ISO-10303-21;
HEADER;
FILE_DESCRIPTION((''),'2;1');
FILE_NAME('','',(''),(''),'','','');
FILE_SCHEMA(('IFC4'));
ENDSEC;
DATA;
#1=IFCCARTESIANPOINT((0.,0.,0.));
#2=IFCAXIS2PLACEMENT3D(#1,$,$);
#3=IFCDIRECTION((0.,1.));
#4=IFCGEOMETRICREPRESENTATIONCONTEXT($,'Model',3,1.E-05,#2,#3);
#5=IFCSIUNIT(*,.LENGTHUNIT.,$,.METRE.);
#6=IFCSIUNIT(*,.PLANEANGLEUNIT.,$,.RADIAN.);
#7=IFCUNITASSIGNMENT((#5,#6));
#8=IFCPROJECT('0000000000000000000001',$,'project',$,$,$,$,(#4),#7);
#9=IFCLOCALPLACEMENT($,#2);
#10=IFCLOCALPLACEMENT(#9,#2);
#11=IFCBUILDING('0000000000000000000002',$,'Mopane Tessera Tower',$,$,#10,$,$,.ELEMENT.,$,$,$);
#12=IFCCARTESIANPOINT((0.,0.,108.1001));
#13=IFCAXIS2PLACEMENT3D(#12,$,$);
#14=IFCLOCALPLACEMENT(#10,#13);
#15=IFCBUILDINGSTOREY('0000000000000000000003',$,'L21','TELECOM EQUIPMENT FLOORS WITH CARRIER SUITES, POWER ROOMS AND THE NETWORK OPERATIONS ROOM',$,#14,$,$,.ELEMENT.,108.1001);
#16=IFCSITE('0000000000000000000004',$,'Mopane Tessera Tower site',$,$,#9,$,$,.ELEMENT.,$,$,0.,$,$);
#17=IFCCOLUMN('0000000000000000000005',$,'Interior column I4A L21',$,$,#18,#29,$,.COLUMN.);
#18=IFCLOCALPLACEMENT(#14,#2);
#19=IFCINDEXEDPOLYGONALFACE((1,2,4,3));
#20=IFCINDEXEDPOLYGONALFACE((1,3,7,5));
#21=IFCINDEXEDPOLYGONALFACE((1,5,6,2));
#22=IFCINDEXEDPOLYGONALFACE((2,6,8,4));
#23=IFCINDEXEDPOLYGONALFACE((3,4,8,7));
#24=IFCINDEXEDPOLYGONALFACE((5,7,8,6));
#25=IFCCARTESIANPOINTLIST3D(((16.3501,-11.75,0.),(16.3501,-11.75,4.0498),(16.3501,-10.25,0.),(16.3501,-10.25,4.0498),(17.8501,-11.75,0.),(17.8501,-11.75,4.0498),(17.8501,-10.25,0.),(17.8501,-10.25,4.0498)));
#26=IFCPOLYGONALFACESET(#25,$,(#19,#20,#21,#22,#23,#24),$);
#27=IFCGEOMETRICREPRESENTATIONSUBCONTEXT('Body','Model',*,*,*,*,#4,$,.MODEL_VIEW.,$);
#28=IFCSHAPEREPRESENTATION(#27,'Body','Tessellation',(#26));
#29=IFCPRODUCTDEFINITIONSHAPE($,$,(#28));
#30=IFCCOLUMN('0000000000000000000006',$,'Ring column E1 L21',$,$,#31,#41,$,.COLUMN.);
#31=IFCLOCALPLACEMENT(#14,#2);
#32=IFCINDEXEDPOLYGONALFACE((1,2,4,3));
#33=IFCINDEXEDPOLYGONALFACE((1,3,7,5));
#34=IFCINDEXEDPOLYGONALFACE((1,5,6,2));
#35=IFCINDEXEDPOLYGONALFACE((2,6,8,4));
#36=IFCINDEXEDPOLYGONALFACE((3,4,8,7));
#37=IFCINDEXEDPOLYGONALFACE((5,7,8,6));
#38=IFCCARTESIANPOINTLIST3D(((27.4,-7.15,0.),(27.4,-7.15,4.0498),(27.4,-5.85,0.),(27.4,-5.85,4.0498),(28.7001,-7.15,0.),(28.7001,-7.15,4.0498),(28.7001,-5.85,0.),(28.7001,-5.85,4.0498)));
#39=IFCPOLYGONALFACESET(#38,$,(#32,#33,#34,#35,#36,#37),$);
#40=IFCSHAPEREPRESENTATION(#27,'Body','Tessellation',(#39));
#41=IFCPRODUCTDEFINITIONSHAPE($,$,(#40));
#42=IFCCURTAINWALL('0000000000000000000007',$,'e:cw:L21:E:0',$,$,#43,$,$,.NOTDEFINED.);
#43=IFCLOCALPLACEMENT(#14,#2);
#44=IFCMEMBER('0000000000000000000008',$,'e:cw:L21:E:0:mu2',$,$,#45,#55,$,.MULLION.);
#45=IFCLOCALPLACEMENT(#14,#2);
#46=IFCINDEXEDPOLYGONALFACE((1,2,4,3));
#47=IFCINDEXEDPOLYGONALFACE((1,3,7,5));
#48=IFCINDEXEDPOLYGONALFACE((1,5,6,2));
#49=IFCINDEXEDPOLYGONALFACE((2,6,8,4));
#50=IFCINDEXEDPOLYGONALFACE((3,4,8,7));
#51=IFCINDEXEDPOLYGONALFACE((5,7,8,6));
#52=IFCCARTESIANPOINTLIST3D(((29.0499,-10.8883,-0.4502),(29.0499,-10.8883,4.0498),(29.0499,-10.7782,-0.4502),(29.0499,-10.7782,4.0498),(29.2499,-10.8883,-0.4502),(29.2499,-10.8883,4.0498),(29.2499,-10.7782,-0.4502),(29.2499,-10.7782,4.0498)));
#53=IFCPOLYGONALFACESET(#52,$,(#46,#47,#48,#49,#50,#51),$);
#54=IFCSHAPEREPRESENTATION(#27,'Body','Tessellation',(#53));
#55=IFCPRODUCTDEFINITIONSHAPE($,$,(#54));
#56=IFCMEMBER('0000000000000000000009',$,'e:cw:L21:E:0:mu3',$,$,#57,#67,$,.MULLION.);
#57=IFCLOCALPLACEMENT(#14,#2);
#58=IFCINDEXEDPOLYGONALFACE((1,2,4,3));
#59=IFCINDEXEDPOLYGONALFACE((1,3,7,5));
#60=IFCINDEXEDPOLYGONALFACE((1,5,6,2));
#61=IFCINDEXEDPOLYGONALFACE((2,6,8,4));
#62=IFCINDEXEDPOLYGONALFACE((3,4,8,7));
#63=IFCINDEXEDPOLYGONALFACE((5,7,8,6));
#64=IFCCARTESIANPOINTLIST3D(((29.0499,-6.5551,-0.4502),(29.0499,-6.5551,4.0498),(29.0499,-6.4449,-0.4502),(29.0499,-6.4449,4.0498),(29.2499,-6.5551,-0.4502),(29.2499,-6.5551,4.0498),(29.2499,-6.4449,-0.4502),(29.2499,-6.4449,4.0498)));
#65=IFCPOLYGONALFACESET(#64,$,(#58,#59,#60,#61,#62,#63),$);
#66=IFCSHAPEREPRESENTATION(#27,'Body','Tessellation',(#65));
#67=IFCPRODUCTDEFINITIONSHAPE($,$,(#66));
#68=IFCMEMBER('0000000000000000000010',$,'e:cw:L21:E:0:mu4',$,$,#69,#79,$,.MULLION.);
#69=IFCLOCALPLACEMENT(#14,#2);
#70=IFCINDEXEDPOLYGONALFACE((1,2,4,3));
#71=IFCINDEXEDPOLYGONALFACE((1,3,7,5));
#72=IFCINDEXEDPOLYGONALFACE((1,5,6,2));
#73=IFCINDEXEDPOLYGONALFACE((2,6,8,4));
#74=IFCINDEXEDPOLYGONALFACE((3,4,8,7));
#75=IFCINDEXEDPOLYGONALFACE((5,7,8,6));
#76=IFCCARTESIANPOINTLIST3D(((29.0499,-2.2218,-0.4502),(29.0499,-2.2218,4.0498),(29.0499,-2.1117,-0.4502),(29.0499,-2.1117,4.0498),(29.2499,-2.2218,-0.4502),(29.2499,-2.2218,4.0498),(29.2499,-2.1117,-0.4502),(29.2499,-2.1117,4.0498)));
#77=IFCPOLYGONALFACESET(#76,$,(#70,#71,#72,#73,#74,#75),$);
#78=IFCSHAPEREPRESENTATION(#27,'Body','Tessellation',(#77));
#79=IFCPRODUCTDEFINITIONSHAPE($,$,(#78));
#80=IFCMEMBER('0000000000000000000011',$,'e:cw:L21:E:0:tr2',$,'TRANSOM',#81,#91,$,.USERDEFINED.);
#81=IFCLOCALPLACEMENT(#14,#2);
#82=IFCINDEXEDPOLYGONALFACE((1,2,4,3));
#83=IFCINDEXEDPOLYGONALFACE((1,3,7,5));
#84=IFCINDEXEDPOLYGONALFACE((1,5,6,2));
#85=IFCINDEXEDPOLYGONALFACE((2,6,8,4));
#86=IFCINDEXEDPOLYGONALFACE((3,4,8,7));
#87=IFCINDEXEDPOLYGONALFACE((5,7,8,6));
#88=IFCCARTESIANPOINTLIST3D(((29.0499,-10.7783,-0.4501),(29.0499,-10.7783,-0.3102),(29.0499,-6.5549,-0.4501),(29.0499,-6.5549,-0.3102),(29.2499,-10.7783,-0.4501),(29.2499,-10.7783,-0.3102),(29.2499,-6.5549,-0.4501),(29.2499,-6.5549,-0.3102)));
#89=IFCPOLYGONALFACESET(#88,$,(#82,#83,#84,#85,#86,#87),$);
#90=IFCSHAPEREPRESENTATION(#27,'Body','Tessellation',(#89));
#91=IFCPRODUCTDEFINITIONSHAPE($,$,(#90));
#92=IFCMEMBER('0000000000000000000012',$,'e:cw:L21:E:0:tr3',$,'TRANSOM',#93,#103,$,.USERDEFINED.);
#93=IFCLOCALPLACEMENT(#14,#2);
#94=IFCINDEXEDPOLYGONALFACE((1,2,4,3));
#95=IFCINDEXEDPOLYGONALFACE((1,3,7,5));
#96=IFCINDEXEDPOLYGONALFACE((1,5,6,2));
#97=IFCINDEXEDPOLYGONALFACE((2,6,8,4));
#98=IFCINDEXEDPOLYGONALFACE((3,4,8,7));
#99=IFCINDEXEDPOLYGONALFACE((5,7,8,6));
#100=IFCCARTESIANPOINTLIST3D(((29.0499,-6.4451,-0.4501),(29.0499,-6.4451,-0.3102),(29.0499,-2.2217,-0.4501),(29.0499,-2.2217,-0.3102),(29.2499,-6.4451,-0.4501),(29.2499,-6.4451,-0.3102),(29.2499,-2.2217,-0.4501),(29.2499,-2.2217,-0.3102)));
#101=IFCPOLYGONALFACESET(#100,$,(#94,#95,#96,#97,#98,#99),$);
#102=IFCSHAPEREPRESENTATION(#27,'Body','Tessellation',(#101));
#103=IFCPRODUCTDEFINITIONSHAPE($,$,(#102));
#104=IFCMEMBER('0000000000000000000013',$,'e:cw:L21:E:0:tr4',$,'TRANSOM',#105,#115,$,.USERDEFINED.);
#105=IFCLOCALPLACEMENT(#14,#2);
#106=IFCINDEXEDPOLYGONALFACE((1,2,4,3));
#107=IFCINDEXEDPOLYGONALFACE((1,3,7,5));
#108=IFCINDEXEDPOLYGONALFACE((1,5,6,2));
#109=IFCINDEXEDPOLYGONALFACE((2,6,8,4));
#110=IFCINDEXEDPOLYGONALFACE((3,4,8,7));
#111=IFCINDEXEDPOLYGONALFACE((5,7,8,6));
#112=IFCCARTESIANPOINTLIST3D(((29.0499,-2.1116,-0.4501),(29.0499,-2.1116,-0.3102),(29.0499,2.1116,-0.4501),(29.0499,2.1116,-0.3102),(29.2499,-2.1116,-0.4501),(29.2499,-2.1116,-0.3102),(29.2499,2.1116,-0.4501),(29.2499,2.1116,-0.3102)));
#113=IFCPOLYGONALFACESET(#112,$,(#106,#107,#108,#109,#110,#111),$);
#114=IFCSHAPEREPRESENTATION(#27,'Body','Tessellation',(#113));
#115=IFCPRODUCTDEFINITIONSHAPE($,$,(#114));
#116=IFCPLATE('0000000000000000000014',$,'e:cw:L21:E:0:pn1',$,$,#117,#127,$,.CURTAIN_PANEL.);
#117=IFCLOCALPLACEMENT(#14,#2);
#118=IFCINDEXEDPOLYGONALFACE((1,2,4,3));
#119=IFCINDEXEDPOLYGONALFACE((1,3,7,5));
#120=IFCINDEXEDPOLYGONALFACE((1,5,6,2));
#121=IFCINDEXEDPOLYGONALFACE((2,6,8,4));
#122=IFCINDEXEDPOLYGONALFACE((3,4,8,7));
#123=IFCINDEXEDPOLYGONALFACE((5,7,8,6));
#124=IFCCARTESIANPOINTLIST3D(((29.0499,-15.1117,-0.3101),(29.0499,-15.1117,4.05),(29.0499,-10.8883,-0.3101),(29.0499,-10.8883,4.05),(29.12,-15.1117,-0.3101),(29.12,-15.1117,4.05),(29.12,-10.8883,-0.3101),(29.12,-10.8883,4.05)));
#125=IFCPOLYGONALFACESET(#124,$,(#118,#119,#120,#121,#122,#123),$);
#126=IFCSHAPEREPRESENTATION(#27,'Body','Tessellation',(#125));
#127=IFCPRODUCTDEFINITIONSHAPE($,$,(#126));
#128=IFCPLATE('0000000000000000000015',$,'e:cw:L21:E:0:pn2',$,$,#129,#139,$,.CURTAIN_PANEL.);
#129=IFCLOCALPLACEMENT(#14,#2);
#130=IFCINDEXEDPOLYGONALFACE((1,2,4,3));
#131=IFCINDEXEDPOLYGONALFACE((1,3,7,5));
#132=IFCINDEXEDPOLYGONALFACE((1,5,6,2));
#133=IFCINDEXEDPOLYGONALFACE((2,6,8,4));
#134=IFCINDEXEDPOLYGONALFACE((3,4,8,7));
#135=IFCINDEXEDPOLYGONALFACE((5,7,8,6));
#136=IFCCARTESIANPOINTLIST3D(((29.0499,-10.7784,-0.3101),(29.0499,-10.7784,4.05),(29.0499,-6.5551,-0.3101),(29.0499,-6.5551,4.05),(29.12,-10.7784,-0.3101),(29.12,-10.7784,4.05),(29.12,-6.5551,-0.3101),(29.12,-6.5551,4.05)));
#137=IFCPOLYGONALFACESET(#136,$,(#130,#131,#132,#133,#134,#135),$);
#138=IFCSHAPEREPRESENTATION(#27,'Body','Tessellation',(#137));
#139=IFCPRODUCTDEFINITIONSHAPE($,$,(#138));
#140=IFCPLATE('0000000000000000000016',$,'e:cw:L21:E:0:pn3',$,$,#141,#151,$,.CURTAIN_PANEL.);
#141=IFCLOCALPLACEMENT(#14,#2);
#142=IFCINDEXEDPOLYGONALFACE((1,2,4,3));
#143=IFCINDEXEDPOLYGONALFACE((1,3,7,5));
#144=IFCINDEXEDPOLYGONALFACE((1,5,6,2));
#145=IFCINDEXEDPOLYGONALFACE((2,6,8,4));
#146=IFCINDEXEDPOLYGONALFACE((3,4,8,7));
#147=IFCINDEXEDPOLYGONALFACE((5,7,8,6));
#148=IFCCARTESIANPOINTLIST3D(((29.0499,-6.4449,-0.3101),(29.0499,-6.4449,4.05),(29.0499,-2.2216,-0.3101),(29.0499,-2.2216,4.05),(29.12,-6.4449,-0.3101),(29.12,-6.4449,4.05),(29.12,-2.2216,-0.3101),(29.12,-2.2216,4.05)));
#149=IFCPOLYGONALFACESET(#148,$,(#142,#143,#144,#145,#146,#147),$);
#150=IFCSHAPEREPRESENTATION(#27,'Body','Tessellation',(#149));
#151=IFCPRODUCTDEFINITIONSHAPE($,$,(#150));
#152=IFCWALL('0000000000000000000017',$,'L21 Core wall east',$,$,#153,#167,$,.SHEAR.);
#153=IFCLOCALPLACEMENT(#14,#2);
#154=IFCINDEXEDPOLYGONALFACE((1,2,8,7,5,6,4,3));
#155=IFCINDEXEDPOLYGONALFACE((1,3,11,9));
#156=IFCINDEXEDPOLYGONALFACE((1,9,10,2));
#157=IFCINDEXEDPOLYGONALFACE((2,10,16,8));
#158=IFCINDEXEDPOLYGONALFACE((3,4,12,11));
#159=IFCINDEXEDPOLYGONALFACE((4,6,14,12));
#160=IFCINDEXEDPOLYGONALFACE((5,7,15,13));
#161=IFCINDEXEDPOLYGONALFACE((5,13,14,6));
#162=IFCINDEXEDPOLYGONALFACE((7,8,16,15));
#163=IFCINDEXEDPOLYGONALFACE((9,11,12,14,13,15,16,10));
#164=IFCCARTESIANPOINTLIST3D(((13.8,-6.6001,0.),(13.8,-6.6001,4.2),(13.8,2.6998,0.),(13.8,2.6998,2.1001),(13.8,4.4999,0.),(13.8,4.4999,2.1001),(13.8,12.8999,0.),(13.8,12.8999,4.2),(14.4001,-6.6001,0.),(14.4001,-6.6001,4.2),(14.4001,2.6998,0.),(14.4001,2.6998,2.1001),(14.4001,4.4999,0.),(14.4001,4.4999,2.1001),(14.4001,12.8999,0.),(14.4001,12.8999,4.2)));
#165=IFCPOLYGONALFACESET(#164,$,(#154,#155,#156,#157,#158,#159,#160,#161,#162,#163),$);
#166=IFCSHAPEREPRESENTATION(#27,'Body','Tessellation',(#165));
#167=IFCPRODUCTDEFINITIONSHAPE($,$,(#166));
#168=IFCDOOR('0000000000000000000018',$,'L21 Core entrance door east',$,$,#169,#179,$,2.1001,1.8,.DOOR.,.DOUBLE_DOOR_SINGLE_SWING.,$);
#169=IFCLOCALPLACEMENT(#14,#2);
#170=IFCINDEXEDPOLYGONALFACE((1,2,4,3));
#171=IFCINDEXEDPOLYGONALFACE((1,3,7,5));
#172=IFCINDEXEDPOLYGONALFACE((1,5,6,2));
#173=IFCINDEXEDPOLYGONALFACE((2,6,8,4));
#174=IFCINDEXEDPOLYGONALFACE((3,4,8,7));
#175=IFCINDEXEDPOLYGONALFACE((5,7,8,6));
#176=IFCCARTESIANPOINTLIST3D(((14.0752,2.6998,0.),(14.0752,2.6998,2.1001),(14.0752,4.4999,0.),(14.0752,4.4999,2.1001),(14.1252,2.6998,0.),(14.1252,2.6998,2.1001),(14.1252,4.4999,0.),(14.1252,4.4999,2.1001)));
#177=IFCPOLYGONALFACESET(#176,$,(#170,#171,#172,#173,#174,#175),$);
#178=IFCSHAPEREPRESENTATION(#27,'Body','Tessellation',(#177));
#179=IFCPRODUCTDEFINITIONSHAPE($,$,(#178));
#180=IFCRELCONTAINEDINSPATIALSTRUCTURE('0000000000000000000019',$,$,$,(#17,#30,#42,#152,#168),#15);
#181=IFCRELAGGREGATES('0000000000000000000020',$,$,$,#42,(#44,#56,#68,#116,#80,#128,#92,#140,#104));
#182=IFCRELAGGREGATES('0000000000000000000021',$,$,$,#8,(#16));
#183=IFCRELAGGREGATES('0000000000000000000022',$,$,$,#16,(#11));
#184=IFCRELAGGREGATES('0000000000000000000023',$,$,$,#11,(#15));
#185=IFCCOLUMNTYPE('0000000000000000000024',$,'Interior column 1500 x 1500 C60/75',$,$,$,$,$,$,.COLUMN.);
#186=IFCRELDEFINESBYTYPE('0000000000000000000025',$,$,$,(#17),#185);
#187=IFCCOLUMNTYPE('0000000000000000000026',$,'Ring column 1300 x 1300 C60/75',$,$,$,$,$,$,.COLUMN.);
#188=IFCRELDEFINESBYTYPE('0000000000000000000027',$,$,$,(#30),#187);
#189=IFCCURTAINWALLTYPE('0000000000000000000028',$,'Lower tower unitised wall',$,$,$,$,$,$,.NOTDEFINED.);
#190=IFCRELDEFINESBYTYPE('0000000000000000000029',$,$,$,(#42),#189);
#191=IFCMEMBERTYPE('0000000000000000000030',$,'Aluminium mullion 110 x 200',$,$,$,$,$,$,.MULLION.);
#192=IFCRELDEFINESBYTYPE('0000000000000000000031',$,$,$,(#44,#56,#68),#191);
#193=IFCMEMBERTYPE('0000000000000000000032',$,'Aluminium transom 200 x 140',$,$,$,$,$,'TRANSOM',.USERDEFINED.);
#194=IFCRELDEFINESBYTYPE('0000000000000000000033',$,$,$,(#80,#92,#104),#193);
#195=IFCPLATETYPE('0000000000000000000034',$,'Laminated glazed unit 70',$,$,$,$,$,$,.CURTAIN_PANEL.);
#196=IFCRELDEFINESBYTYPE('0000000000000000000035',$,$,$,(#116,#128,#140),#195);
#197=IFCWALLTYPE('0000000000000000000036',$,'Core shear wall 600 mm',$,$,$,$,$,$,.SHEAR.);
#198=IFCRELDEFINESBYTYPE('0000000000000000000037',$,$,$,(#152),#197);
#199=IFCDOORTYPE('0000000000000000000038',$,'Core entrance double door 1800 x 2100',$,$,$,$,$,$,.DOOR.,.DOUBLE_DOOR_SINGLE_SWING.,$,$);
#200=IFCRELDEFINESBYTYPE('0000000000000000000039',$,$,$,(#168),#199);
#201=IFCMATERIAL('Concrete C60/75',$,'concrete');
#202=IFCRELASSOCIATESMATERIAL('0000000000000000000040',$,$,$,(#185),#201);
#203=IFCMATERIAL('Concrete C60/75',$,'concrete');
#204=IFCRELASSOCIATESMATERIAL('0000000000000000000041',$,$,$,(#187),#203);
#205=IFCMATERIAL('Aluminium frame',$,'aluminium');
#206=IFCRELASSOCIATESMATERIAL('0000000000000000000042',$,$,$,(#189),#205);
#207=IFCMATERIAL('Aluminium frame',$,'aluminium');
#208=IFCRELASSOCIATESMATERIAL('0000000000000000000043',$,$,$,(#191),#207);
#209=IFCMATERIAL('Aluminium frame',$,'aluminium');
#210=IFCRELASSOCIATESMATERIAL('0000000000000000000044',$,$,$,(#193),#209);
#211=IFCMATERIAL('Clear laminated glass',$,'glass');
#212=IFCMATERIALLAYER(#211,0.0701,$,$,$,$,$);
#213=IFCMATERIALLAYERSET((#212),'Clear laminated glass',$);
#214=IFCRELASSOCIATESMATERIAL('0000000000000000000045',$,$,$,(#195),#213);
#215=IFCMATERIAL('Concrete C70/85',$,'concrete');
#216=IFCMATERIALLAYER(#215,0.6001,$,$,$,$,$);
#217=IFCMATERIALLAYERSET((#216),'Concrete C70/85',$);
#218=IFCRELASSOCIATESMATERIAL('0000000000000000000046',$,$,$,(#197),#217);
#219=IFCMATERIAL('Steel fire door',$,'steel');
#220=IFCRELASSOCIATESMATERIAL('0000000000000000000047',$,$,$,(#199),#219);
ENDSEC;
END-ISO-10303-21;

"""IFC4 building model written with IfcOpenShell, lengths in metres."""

from ifc_helpers import new_model, si_unit, direction, frame, frame_2d, origin, origin_2d, place, context, subcontext, project, spatial, rectangle, extrude, material, layer, layer_set, material_profile, profile_set, type_object, element, fill, aggregate, save


model = new_model("IFC4")

# Units and contexts
model_context = context("Model", 3, precision=1e-05, world=origin(), true_north=direction((0.0, 1.0)))
body_context = subcontext(model_context, "Body", "Model", "MODEL_VIEW")
ifc_project = project(units=[si_unit("LENGTHUNIT", "METRE"), si_unit("PLANEANGLEUNIT", "RADIAN")], contexts=[model_context])

# Site, building, storey
site_placement = place(None, origin())
site = spatial("IfcSite", under=ifc_project, at=site_placement, Name="Mopane Tessera Tower site", CompositionType="ELEMENT", RefElevation=0.0)
building_placement = place(site_placement, origin())
building = spatial("IfcBuilding", under=site, at=building_placement, Name="Mopane Tessera Tower", CompositionType="ELEMENT")
storey_placement = place(building_placement, frame((0.0, 0.0, 108.1001)))
storey = spatial("IfcBuildingStorey", under=building, at=storey_placement, Name="L21", Description="TELECOM EQUIPMENT FLOORS WITH CARRIER SUITES, POWER ROOMS AND THE NETWORK OPERATIONS ROOM", CompositionType="ELEMENT", Elevation=108.1001)

# Columns
ifc_material_1 = material(Name="Concrete C60/75", Category="concrete")
ifc_material_profile_1 = material_profile(ifc_material_1, rectangle(XDim=1.5, YDim=1.5, at=origin_2d()))
ifc_profile_set_1 = profile_set([ifc_material_profile_1], Name="Concrete C60/75")
column_type_1 = type_object("IfcColumnType", Name="Interior column 1500 x 1500 C60/75", PredefinedType="COLUMN", material=ifc_profile_set_1)
column_1_placement = place(storey_placement, frame((17.1001, -11.0, 0.0), z_axis=(0.0, 0.0, 1.0), x_axis=(1.0, 0.0, 0.0)))
element("IfcColumn", 1, at=column_1_placement, inside=storey, type_object=column_type_1, Name="Interior column I4A L21", PredefinedType="COLUMN", context=body_context, shape_type="SweptSolid", body=[
    extrude(rectangle(XDim=1.5, YDim=1.5, at=origin_2d()), origin(), (0.0, 0.0, 1.0), 4.0498),
])
ifc_material_2 = material(Name="Concrete C60/75", Category="concrete")
ifc_material_profile_2 = material_profile(ifc_material_2, rectangle(XDim=1.3, YDim=1.3, at=origin_2d()))
ifc_profile_set_2 = profile_set([ifc_material_profile_2], Name="Concrete C60/75")
column_type_2 = type_object("IfcColumnType", Name="Ring column 1300 x 1300 C60/75", PredefinedType="COLUMN", material=ifc_profile_set_2)
column_2_placement = place(storey_placement, frame((28.05, -6.5, 0.0), z_axis=(0.0, 0.0, 1.0), x_axis=(1.0, 0.0, 0.0)))
element("IfcColumn", 2, at=column_2_placement, inside=storey, type_object=column_type_2, Name="Ring column E1 L21", PredefinedType="COLUMN", context=body_context, shape_type="SweptSolid", body=[
    extrude(rectangle(XDim=1.3, YDim=1.3, at=origin_2d()), origin(), (0.0, 0.0, 1.0), 4.0498),
])

# Curtain wall, members, plates
ifc_material_3 = material(Name="Aluminium frame", Category="aluminium")
curtain_wall_type = type_object("IfcCurtainWallType", Name="Lower tower unitised wall", PredefinedType="NOTDEFINED", material=ifc_material_3)
curtain_wall_placement = place(storey_placement, origin())
curtain_wall = element("IfcCurtainWall", 3, at=curtain_wall_placement, inside=storey, type_object=curtain_wall_type, Name="e:cw:L21:E:0", PredefinedType="NOTDEFINED")
ifc_material_4 = material(Name="Aluminium frame", Category="aluminium")
ifc_material_profile_3 = material_profile(ifc_material_4, rectangle(XDim=0.1101, YDim=0.2, at=origin_2d()))
ifc_profile_set_3 = profile_set([ifc_material_profile_3], Name="Aluminium frame")
member_type_1 = type_object("IfcMemberType", Name="Aluminium mullion 110 x 200", PredefinedType="MULLION", material=ifc_profile_set_3)
member_1_placement = place(storey_placement, frame((29.1499, -10.8333, -0.4502), z_axis=(0.0, 0.0, 1.0), x_axis=(0.0, 1.0, 0.0)))
member_1 = element("IfcMember", 4, at=member_1_placement, type_object=member_type_1, Name="e:cw:L21:E:0:mu2", PredefinedType="MULLION", context=body_context, shape_type="SweptSolid", body=[
    extrude(rectangle(XDim=0.1101, YDim=0.2, at=origin_2d()), origin(), (0.0, 0.0, 1.0), 4.5),
])
member_2_placement = place(storey_placement, frame((29.1499, -6.5, -0.4502), z_axis=(0.0, 0.0, 1.0), x_axis=(0.0, 1.0, 0.0)))
member_2 = element("IfcMember", 5, at=member_2_placement, type_object=member_type_1, Name="e:cw:L21:E:0:mu3", PredefinedType="MULLION", context=body_context, shape_type="SweptSolid", body=[
    extrude(rectangle(XDim=0.1101, YDim=0.2, at=origin_2d()), origin(), (0.0, 0.0, 1.0), 4.5),
])
member_3_placement = place(storey_placement, frame((29.1499, -2.1667, -0.4502), z_axis=(0.0, 0.0, 1.0), x_axis=(0.0, 1.0, 0.0)))
member_3 = element("IfcMember", 6, at=member_3_placement, type_object=member_type_1, Name="e:cw:L21:E:0:mu4", PredefinedType="MULLION", context=body_context, shape_type="SweptSolid", body=[
    extrude(rectangle(XDim=0.1101, YDim=0.2, at=origin_2d()), origin(), (0.0, 0.0, 1.0), 4.5),
])
ifc_material_5 = material(Name="Aluminium frame", Category="aluminium")
ifc_material_profile_4 = material_profile(ifc_material_5, rectangle(XDim=0.2, YDim=0.1399, at=origin_2d()))
ifc_profile_set_4 = profile_set([ifc_material_profile_4], Name="Aluminium frame")
member_type_2 = type_object("IfcMemberType", Name="Aluminium transom 200 x 140", ElementType="TRANSOM", PredefinedType="USERDEFINED", material=ifc_profile_set_4)
member_4_placement = place(storey_placement, frame((29.1499, -10.7783, -0.3801), z_axis=(0.0, 1.0, 0.0), x_axis=(-1.0, 0.0, 0.0)))
member_4 = element("IfcMember", 7, at=member_4_placement, type_object=member_type_2, Name="e:cw:L21:E:0:tr2", ObjectType="TRANSOM", PredefinedType="USERDEFINED", context=body_context, shape_type="SweptSolid", body=[
    extrude(rectangle(XDim=0.2, YDim=0.1399, at=origin_2d()), origin(), (0.0, 0.0, 1.0), 4.2234),
])
member_5_placement = place(storey_placement, frame((29.1499, -6.4451, -0.3801), z_axis=(0.0, 1.0, 0.0), x_axis=(-1.0, 0.0, 0.0)))
member_5 = element("IfcMember", 8, at=member_5_placement, type_object=member_type_2, Name="e:cw:L21:E:0:tr3", ObjectType="TRANSOM", PredefinedType="USERDEFINED", context=body_context, shape_type="SweptSolid", body=[
    extrude(rectangle(XDim=0.2, YDim=0.1399, at=origin_2d()), origin(), (0.0, 0.0, 1.0), 4.2234),
])
member_6_placement = place(storey_placement, frame((29.1499, -2.1116, -0.3801), z_axis=(0.0, 1.0, 0.0), x_axis=(-1.0, 0.0, 0.0)))
member_6 = element("IfcMember", 9, at=member_6_placement, type_object=member_type_2, Name="e:cw:L21:E:0:tr4", ObjectType="TRANSOM", PredefinedType="USERDEFINED", context=body_context, shape_type="SweptSolid", body=[
    extrude(rectangle(XDim=0.2, YDim=0.1399, at=origin_2d()), origin(), (0.0, 0.0, 1.0), 4.2231),
])
ifc_material_6 = material(Name="Clear laminated glass", Category="glass")
ifc_layer_1 = layer(ifc_material_6, 0.0701)
ifc_layer_set_1 = layer_set([ifc_layer_1], Name="Clear laminated glass")
plate_type = type_object("IfcPlateType", Name="Laminated glazed unit 70", PredefinedType="CURTAIN_PANEL", material=ifc_layer_set_1)
plate_1_placement = place(storey_placement, frame((29.085, -13.0, -0.3101), z_axis=(0.0, 0.0, 1.0), x_axis=(0.0, 1.0, 0.0)))
plate_1 = element("IfcPlate", 10, at=plate_1_placement, type_object=plate_type, Name="e:cw:L21:E:0:pn1", PredefinedType="CURTAIN_PANEL", context=body_context, shape_type="SweptSolid", body=[
    extrude(rectangle(XDim=4.2234, YDim=0.0701, at=origin_2d()), origin(), (0.0, 0.0, 1.0), 4.3601),
])
plate_2_placement = place(storey_placement, frame((29.085, -8.6667, -0.3101), z_axis=(0.0, 0.0, 1.0), x_axis=(0.0, 1.0, 0.0)))
plate_2 = element("IfcPlate", 11, at=plate_2_placement, type_object=plate_type, Name="e:cw:L21:E:0:pn2", PredefinedType="CURTAIN_PANEL", context=body_context, shape_type="SweptSolid", body=[
    extrude(rectangle(XDim=4.2234, YDim=0.0701, at=origin_2d()), origin(), (0.0, 0.0, 1.0), 4.3601),
])
plate_3_placement = place(storey_placement, frame((29.085, -4.3333, -0.3101), z_axis=(0.0, 0.0, 1.0), x_axis=(0.0, 1.0, 0.0)))
plate_3 = element("IfcPlate", 12, at=plate_3_placement, type_object=plate_type, Name="e:cw:L21:E:0:pn3", PredefinedType="CURTAIN_PANEL", context=body_context, shape_type="SweptSolid", body=[
    extrude(rectangle(XDim=4.2234, YDim=0.0701, at=origin_2d()), origin(), (0.0, 0.0, 1.0), 4.3601),
])
aggregate(curtain_wall, [member_1, member_2, member_3, plate_1, member_4, plate_2, member_5, plate_3, member_6])

# Wall, opening, door
ifc_material_7 = material(Name="Concrete C70/85", Category="concrete")
ifc_layer_2 = layer(ifc_material_7, 0.6001)
ifc_layer_set_2 = layer_set([ifc_layer_2], Name="Concrete C70/85")
wall_type_1 = type_object("IfcWallType", Name="Core shear wall 600 mm", PredefinedType="SHEAR", material=ifc_layer_set_2)
wall_1_placement = place(storey_placement, frame((14.1001, -6.6001, 0.0), z_axis=(0.0, 0.0, 1.0), x_axis=(0.0, 1.0, 0.0)))
wall_1 = element("IfcWall", 13, at=wall_1_placement, inside=storey, type_object=wall_type_1, Name="L21 Core wall east", PredefinedType="SHEAR", context=body_context, shape_type="SweptSolid", body=[
    extrude(rectangle(XDim=19.5, YDim=0.6001, at=frame_2d((9.75, 0.0))), origin(), (0.0, 0.0, 1.0), 4.2),
])
opening_1_placement = place(wall_1_placement, frame((9.3, 0.0, 0.0)))
opening_1 = element("IfcOpeningElement", 14, at=opening_1_placement, cuts=wall_1, PredefinedType="OPENING", context=body_context, shape_type="SweptSolid", body=[
    extrude(rectangle(XDim=1.8, YDim=2.1001, at=frame_2d((0.8999, 1.05))), frame((0.0, 0.312, 0.0), z_axis=(0.0, -1.0, 0.0), x_axis=(1.0, 0.0, 0.0)), (0.0, 0.0, 1.0), 0.624),
])
ifc_material_8 = material(Name="Steel fire door", Category="steel")
door_type_1 = type_object("IfcDoorType", Name="Core entrance double door 1800 x 2100", OperationType="DOUBLE_DOOR_SINGLE_SWING", PredefinedType="DOOR", material=ifc_material_8)
door_1_placement = place(opening_1_placement, origin())
door_1 = element("IfcDoor", 15, at=door_1_placement, inside=storey, type_object=door_type_1, Name="L21 Core entrance door east", OperationType="DOUBLE_DOOR_SINGLE_SWING", OverallHeight=2.1001, OverallWidth=1.8, PredefinedType="DOOR", context=body_context, shape_type="SweptSolid", body=[
    extrude(rectangle(XDim=1.8, YDim=2.1001, at=frame_2d((0.8999, 1.05))), frame((0.0, 0.0249, 0.0), z_axis=(0.0, -1.0, 0.0), x_axis=(1.0, 0.0, 0.0)), (0.0, 0.0, 1.0), 0.05),
])
fill(opening_1, door_1)

save(model, "model.ifc")
